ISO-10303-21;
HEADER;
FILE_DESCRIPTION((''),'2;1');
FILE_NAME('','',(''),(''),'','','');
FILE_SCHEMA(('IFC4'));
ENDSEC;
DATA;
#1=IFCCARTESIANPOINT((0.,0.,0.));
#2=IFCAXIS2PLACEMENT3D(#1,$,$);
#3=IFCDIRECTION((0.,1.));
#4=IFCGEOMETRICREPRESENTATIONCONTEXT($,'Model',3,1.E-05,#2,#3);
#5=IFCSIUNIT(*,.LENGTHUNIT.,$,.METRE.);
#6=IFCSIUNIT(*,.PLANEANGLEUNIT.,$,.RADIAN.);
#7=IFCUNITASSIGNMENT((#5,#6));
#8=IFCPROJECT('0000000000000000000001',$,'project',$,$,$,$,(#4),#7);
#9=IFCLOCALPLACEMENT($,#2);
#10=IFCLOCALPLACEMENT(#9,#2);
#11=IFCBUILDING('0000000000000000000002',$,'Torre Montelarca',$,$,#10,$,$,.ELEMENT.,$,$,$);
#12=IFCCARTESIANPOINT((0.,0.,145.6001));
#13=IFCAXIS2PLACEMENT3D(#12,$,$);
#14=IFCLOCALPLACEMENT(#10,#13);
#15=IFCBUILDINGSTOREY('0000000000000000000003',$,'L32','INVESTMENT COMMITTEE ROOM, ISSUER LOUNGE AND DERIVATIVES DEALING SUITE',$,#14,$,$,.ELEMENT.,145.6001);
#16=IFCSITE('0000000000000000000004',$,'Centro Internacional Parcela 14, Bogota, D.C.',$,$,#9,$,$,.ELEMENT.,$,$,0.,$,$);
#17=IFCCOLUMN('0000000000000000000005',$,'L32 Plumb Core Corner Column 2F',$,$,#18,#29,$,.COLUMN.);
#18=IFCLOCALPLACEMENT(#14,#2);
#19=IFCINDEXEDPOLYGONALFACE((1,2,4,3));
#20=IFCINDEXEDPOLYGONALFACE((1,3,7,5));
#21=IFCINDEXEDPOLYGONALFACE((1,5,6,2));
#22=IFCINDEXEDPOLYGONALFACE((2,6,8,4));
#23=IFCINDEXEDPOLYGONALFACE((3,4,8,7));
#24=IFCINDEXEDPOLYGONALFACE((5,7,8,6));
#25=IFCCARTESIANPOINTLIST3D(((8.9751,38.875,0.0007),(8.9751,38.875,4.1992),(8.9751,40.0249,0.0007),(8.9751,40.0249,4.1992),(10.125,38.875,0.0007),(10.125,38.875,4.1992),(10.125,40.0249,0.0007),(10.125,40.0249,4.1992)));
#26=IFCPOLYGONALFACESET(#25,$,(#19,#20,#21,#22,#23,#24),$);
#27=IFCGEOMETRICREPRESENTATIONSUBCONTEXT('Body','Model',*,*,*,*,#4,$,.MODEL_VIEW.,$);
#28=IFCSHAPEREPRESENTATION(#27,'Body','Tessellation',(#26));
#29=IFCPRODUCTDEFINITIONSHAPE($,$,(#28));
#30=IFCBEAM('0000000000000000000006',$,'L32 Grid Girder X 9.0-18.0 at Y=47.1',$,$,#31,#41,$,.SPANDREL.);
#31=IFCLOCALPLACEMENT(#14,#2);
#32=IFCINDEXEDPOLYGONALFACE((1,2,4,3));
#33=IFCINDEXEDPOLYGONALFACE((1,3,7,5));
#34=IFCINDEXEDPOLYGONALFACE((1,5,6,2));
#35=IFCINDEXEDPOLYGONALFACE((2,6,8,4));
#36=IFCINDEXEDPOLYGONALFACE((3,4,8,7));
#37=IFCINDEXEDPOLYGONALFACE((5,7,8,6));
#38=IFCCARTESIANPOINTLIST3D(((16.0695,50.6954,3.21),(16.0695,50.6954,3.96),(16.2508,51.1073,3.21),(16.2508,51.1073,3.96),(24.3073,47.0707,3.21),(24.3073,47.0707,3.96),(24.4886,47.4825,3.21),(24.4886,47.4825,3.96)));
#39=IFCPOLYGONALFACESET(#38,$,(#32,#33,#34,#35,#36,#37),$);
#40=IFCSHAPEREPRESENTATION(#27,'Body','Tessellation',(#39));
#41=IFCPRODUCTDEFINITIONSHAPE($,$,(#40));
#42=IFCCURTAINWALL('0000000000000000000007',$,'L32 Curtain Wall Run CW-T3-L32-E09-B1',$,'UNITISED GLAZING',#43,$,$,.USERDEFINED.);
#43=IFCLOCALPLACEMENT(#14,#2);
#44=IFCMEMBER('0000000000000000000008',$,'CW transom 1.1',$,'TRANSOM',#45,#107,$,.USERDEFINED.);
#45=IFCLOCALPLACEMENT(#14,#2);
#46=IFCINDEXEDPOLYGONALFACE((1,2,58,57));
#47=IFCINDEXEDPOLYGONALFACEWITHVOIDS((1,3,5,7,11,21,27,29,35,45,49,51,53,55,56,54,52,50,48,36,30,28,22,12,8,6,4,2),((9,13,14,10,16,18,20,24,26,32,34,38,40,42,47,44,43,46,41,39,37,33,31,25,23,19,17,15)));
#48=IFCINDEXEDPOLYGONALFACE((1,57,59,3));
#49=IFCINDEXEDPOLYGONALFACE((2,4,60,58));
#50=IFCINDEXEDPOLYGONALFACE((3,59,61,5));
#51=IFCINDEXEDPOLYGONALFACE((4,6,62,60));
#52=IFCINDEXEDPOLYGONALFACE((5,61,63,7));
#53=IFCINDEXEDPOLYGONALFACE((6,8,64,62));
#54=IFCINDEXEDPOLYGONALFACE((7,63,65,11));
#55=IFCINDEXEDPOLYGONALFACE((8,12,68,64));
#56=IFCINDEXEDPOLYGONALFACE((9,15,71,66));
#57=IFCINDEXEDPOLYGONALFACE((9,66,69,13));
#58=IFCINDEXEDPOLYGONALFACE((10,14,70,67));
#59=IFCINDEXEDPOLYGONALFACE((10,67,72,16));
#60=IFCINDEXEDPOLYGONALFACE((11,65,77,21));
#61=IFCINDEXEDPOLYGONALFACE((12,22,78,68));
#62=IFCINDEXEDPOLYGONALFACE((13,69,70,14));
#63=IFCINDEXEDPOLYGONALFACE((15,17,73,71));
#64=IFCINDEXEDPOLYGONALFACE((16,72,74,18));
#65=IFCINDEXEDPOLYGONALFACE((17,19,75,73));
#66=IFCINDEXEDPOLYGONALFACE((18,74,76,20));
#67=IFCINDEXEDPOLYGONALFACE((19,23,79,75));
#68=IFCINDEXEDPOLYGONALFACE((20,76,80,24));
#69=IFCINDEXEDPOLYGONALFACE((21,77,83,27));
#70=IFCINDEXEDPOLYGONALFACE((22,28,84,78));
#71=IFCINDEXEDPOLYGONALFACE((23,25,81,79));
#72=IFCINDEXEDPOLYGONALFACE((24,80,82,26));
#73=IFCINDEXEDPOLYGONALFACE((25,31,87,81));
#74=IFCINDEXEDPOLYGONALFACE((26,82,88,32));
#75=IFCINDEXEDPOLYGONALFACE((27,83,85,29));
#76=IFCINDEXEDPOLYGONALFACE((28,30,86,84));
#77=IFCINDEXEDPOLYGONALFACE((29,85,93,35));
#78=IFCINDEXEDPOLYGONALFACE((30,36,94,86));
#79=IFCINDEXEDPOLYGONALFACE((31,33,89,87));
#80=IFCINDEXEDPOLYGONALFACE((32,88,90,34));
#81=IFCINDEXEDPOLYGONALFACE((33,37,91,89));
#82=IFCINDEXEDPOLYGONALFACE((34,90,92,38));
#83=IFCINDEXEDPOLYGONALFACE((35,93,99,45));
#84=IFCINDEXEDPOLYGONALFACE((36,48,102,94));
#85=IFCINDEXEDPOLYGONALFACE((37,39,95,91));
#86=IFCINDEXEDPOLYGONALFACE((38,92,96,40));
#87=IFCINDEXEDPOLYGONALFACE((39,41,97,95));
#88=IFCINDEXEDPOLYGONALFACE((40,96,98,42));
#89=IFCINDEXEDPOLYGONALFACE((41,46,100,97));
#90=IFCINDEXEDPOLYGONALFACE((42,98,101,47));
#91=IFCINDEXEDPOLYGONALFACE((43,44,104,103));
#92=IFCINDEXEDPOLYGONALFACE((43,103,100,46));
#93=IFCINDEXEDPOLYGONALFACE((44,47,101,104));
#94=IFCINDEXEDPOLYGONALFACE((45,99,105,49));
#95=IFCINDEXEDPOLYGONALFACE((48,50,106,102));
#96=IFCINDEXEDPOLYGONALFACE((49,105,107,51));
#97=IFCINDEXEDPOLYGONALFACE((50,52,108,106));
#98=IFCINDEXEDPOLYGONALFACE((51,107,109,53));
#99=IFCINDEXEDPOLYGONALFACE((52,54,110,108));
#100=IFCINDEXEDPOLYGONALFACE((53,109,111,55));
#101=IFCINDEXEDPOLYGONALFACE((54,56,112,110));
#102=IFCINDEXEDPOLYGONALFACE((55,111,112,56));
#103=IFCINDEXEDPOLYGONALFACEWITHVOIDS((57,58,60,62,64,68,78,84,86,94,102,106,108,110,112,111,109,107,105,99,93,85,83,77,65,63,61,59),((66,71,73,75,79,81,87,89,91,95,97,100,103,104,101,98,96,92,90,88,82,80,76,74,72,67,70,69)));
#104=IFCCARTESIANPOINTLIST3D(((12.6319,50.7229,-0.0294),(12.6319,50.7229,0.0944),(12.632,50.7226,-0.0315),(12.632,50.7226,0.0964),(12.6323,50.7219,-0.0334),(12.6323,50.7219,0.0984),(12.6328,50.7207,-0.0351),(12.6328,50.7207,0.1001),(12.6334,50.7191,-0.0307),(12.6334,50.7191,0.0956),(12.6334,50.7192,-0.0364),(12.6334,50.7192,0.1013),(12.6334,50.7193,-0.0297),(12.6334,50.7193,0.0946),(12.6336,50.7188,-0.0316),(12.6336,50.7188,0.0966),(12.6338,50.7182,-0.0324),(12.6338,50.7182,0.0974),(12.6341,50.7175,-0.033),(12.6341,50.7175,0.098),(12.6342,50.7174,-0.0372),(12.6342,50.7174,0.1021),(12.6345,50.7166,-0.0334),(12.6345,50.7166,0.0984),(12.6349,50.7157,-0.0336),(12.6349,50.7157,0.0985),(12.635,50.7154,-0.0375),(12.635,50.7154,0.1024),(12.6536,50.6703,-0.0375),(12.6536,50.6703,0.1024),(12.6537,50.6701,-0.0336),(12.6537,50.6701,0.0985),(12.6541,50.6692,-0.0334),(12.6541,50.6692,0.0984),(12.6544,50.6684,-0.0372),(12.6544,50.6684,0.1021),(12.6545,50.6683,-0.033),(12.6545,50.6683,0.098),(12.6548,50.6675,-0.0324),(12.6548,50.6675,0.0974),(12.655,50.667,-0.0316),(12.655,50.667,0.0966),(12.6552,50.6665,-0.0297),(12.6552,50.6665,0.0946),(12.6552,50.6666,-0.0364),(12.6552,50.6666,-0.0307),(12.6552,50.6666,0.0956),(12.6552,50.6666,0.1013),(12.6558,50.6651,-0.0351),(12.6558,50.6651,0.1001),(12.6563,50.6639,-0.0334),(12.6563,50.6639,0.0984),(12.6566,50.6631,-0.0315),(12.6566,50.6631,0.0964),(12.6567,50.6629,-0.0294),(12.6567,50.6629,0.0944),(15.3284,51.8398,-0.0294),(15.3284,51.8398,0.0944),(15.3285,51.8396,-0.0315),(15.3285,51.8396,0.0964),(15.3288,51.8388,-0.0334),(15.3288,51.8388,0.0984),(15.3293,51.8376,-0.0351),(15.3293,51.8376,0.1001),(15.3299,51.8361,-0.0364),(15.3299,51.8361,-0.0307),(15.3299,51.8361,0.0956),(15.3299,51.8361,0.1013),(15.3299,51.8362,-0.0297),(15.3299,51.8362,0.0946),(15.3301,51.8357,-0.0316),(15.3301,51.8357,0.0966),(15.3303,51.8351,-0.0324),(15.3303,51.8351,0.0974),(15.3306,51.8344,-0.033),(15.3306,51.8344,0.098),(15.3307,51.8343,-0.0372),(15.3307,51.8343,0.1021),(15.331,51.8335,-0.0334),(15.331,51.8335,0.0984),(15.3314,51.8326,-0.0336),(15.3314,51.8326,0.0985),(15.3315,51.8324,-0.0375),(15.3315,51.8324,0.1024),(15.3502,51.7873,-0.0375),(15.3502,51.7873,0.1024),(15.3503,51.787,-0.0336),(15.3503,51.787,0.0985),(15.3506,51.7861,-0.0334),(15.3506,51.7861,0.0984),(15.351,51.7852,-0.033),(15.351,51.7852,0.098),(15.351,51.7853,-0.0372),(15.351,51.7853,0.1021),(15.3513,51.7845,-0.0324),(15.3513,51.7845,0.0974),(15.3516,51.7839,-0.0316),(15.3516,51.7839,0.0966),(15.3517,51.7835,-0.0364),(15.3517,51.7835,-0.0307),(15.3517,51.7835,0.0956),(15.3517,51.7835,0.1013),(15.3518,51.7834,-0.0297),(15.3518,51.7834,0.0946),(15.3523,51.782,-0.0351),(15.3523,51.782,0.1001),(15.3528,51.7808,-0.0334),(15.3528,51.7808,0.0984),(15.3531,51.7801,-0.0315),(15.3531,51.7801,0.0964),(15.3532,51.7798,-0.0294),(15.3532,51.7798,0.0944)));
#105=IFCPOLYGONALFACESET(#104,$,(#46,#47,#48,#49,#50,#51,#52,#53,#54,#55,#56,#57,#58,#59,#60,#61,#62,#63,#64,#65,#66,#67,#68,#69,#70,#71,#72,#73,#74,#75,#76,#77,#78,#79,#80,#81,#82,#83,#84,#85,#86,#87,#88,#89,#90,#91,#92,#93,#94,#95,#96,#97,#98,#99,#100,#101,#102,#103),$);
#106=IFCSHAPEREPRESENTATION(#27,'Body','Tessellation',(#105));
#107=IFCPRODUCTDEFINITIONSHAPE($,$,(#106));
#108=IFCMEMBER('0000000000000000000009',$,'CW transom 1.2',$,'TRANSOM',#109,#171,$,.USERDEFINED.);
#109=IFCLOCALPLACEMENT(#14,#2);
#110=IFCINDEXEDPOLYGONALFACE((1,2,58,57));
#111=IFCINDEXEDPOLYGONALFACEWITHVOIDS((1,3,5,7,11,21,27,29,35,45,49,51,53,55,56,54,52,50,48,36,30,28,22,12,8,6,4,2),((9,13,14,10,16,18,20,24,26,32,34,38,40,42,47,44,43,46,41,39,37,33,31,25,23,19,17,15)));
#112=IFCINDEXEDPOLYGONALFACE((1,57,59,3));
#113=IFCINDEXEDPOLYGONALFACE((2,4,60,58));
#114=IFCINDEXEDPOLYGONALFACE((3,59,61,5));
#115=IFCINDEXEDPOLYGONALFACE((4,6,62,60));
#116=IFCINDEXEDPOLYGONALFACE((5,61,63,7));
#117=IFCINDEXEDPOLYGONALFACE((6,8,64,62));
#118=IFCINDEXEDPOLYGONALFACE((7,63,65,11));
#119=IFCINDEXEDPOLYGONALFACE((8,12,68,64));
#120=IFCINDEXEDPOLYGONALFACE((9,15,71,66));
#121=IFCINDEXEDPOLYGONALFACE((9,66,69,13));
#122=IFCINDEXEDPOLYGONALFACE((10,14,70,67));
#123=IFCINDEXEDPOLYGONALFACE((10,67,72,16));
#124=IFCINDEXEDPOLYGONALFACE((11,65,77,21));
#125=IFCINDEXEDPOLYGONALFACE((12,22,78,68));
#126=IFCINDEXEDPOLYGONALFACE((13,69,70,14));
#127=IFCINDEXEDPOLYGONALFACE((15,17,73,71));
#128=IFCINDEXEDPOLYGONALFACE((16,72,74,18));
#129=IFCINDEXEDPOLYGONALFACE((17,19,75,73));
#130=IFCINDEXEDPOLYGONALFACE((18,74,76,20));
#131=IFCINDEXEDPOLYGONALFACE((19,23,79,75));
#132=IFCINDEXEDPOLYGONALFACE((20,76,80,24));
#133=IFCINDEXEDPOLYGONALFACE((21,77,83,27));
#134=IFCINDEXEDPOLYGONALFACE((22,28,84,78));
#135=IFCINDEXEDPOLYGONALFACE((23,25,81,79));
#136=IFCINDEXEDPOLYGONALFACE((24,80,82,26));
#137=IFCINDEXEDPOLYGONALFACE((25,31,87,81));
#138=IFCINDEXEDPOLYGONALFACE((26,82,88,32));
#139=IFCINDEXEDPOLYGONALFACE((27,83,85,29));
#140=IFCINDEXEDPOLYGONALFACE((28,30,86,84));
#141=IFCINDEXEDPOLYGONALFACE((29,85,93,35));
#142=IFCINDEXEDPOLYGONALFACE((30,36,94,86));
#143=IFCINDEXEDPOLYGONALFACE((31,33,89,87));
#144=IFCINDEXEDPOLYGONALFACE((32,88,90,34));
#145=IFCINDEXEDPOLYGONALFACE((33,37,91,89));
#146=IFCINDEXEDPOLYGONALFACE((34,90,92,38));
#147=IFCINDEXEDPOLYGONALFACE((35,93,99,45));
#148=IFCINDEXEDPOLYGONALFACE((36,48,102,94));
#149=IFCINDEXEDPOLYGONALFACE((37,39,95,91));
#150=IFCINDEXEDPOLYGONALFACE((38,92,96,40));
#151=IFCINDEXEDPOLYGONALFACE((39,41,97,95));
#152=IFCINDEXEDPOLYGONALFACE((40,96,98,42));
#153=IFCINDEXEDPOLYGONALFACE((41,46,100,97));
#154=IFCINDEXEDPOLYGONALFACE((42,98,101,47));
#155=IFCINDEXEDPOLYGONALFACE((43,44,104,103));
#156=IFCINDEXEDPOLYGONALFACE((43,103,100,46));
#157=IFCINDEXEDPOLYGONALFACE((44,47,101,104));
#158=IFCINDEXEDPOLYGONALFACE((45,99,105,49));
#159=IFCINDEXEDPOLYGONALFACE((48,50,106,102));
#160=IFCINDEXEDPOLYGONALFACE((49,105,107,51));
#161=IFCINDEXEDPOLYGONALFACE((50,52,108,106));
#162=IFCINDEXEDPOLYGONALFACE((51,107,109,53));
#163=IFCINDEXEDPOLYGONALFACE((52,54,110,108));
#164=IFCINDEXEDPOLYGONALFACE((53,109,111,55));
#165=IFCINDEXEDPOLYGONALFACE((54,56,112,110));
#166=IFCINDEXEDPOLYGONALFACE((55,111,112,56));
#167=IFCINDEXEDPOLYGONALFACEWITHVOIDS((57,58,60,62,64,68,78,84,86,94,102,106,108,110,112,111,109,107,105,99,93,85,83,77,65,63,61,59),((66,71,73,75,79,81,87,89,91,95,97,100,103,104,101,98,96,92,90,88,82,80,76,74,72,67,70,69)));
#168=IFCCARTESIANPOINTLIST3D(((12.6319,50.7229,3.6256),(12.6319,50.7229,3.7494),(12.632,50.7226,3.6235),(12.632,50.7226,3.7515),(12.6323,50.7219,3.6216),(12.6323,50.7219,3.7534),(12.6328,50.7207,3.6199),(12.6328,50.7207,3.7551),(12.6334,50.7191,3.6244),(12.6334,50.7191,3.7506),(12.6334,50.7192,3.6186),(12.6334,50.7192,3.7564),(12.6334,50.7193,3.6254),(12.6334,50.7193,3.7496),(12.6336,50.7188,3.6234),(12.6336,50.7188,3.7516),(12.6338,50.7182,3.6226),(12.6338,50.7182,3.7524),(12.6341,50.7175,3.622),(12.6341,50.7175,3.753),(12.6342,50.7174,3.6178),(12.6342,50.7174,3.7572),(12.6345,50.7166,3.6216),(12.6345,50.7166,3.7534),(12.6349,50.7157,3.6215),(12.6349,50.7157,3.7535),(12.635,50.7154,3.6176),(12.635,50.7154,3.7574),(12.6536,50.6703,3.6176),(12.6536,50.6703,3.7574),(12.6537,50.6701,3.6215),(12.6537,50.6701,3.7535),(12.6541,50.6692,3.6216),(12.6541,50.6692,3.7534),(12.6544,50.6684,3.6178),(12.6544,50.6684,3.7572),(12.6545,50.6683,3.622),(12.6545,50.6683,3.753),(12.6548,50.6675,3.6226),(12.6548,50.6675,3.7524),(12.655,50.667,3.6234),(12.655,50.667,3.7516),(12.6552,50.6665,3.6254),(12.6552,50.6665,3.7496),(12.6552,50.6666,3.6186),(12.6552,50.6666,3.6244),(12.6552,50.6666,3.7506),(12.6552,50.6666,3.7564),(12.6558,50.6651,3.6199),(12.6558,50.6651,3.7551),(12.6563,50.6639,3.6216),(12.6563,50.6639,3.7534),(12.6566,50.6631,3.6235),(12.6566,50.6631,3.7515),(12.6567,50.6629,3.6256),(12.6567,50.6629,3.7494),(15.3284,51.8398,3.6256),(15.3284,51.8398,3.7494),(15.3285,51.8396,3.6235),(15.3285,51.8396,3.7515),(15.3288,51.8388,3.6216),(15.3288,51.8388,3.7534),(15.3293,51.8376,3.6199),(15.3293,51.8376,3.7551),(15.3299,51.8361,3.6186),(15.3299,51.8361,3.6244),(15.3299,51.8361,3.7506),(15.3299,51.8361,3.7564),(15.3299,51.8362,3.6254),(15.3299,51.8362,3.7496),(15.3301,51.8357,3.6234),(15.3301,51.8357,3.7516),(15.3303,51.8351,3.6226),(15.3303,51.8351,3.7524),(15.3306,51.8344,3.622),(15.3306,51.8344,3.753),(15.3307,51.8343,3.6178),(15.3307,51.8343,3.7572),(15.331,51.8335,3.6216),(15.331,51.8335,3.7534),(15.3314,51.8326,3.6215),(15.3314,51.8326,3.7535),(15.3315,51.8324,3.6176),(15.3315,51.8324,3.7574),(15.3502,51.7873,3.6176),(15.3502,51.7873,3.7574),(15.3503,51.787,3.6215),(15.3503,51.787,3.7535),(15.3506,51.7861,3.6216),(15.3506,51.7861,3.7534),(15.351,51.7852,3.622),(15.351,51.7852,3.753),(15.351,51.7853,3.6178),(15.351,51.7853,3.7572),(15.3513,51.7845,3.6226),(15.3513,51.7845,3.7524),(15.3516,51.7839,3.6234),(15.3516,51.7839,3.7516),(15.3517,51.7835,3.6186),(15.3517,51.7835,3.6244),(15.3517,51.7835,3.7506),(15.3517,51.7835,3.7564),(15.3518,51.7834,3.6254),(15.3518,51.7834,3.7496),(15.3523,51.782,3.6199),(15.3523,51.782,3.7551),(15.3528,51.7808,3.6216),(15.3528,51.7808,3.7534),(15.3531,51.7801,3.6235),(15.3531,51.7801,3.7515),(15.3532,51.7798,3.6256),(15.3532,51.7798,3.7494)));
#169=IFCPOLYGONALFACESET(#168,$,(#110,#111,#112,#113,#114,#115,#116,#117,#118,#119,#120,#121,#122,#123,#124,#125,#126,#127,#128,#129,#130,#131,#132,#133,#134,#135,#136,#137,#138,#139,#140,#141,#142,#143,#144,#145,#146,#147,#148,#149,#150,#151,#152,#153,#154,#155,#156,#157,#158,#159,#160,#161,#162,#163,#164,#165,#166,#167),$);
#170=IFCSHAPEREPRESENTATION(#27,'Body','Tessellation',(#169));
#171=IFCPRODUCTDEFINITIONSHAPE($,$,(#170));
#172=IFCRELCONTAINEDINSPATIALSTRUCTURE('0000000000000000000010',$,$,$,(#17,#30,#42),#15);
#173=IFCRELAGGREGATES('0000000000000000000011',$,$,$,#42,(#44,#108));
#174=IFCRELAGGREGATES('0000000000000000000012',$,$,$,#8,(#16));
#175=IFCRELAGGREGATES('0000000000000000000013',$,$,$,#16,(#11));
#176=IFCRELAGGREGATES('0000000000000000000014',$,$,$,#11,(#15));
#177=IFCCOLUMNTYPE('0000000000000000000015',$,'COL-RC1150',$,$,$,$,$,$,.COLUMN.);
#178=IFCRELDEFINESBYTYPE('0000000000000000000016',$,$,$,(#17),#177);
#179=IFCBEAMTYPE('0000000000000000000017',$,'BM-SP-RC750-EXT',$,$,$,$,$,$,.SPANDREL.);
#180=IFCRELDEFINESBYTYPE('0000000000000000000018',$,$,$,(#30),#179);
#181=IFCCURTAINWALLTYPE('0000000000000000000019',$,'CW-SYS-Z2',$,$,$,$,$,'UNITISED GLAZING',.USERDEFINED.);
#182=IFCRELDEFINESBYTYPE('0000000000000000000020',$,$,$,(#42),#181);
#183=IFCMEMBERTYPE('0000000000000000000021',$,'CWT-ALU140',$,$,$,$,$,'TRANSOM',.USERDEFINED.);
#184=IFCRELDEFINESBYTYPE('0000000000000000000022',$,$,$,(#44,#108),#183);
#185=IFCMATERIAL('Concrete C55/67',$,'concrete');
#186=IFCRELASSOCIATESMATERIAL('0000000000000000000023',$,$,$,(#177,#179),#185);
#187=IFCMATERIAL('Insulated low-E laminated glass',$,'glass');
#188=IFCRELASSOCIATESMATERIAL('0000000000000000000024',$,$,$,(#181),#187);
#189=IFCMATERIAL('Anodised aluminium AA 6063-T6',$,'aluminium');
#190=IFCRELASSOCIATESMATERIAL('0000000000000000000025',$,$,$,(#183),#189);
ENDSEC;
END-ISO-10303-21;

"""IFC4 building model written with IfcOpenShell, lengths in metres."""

from ifc_helpers import new_model, si_unit, direction, frame, origin, origin_2d, place, context, subcontext, project, spatial, rectangle, hollow_rectangle, extrude, source, transform, mapped, material, material_profile, profile_set, type_object, element, aggregate, save


model = new_model("IFC4")

# Units and contexts
model_context = context("Model", 3, precision=1e-05, world=origin(), true_north=direction((0.0, 1.0)))
body_context = subcontext(model_context, "Body", "Model", "MODEL_VIEW")
ifc_project = project(units=[si_unit("LENGTHUNIT", "METRE"), si_unit("PLANEANGLEUNIT", "RADIAN")], contexts=[model_context])

# Site, building, storey
site_placement = place(None, origin())
site = spatial("IfcSite", under=ifc_project, at=site_placement, Name="Centro Internacional Parcela 14, Bogota, D.C.", CompositionType="ELEMENT", RefElevation=0.0)
building_placement = place(site_placement, origin())
building = spatial("IfcBuilding", under=site, at=building_placement, Name="Torre Montelarca", CompositionType="ELEMENT")
storey_placement = place(building_placement, frame((0.0, 0.0, 145.6001)))
storey = spatial("IfcBuildingStorey", under=building, at=storey_placement, Name="L32", Description="INVESTMENT COMMITTEE ROOM, ISSUER LOUNGE AND DERIVATIVES DEALING SUITE", CompositionType="ELEMENT", Elevation=145.6001)

# Column
ifc_material_1 = material(Name="Concrete C55/67", Category="concrete")
ifc_material_profile_1 = material_profile(ifc_material_1, rectangle(XDim=1.1499, YDim=1.1499, at=origin_2d()), Name="RC1150X1150", Category="concrete")
ifc_profile_set_1 = profile_set([ifc_material_profile_1], Name="Concrete C55/67")
column_type_1 = type_object("IfcColumnType", Name="COL-RC1150", PredefinedType="COLUMN", material=ifc_profile_set_1)
shared_shape_1 = source(origin(), body_context, "Body", "SweptSolid", [
    extrude(rectangle(XDim=1.1499, YDim=1.1499, at=origin_2d()), origin(), (0.0, 0.0, 1.0), 4.1985),
])
column_1_placement = place(storey_placement, frame((9.55, 39.45, 0.0007), z_axis=(0.0, 0.0, 1.0), x_axis=(1.0, 0.0, 0.0)))
element("IfcColumn", 1, at=column_1_placement, inside=storey, type_object=column_type_1, Name="L32 Plumb Core Corner Column 2F", PredefinedType="COLUMN", context=body_context, shape_type="MappedRepresentation", body=[
    mapped(shared_shape_1, transform((0.0, 0.0, 0.0), scale=1.0)),
])

# Beam
ifc_material_profile_2 = material_profile(ifc_material_1, rectangle(XDim=0.45, YDim=0.75, at=origin_2d()), Name="RCB450X750", Category="concrete")
ifc_profile_set_2 = profile_set([ifc_material_profile_2], Name="Concrete C55/67")
beam_type = type_object("IfcBeamType", Name="BM-SP-RC750-EXT", PredefinedType="SPANDREL", material=ifc_profile_set_2)
shared_shape_2 = source(origin(), body_context, "Body", "SweptSolid", [
    extrude(rectangle(XDim=0.45, YDim=0.75, at=origin_2d()), origin(), (0.0, 0.0, 1.0), 9.0),
])
beam_placement = place(storey_placement, frame((16.1602, 50.9014, 3.585), z_axis=(0.91531, -0.40275, 0.0), x_axis=(0.40275, 0.91531, 0.0)))
element("IfcBeam", 2, at=beam_placement, inside=storey, type_object=beam_type, Name="L32 Grid Girder X 9.0-18.0 at Y=47.1", PredefinedType="SPANDREL", context=body_context, shape_type="MappedRepresentation", body=[
    mapped(shared_shape_2, transform((0.0, 0.0, 0.0), scale=1.0)),
])

# Curtain wall, members
ifc_material_2 = material(Name="Insulated low-E laminated glass", Category="glass")
curtain_wall_type = type_object("IfcCurtainWallType", Name="CW-SYS-Z2", ElementType="UNITISED GLAZING", PredefinedType="USERDEFINED", material=ifc_material_2)
curtain_wall_1_placement = place(storey_placement, origin())
curtain_wall_1 = element("IfcCurtainWall", 3, at=curtain_wall_1_placement, inside=storey, type_object=curtain_wall_type, Name="L32 Curtain Wall Run CW-T3-L32-E09-B1", ObjectType="UNITISED GLAZING", PredefinedType="USERDEFINED")
ifc_material_3 = material(Name="Anodised aluminium AA 6063-T6", Category="aluminium")
ifc_material_profile_3 = material_profile(ifc_material_3, hollow_rectangle(XDim=0.0649, YDim=0.1399, WallThickness=0.0039, InnerFilletRadius=0.0039, OuterFilletRadius=0.0081, at=origin_2d()), Name="ALU65X140X4", Category="aluminium")
ifc_profile_set_3 = profile_set([ifc_material_profile_3], Name="Anodised aluminium AA 6063-T6")
member_type_1 = type_object("IfcMemberType", Name="CWT-ALU140", ElementType="TRANSOM", PredefinedType="USERDEFINED", material=ifc_profile_set_3)
shared_shape_3 = source(origin(), body_context, "Body", "SweptSolid", [
    extrude(hollow_rectangle(XDim=0.0649, YDim=0.1399, WallThickness=0.0039, InnerFilletRadius=0.0039, OuterFilletRadius=0.0081, at=origin_2d()), origin(), (0.0, 0.0, 1.0), 2.9187),
])
member_1_placement = place(storey_placement, frame((15.3408, 51.8098, 0.0325), z_axis=(-0.923879, -0.382684, 0.0), x_axis=(0.382684, -0.923879, 0.0)))
member_1 = element("IfcMember", 4, at=member_1_placement, type_object=member_type_1, Name="CW transom 1.1", ObjectType="TRANSOM", PredefinedType="USERDEFINED", context=body_context, shape_type="MappedRepresentation", body=[
    mapped(shared_shape_3, transform((0.0, 0.0, 0.0), scale=1.0)),
])
member_2_placement = place(storey_placement, frame((15.3408, 51.8098, 3.6875), z_axis=(-0.923879, -0.382684, 0.0), x_axis=(0.382684, -0.923879, 0.0)))
member_2 = element("IfcMember", 5, at=member_2_placement, type_object=member_type_1, Name="CW transom 1.2", ObjectType="TRANSOM", PredefinedType="USERDEFINED", context=body_context, shape_type="MappedRepresentation", body=[
    mapped(shared_shape_3, transform((0.0, 0.0, 0.0), scale=1.0)),
])

aggregate(curtain_wall_1, [member_1, member_2])

save(model, "model.ifc")
